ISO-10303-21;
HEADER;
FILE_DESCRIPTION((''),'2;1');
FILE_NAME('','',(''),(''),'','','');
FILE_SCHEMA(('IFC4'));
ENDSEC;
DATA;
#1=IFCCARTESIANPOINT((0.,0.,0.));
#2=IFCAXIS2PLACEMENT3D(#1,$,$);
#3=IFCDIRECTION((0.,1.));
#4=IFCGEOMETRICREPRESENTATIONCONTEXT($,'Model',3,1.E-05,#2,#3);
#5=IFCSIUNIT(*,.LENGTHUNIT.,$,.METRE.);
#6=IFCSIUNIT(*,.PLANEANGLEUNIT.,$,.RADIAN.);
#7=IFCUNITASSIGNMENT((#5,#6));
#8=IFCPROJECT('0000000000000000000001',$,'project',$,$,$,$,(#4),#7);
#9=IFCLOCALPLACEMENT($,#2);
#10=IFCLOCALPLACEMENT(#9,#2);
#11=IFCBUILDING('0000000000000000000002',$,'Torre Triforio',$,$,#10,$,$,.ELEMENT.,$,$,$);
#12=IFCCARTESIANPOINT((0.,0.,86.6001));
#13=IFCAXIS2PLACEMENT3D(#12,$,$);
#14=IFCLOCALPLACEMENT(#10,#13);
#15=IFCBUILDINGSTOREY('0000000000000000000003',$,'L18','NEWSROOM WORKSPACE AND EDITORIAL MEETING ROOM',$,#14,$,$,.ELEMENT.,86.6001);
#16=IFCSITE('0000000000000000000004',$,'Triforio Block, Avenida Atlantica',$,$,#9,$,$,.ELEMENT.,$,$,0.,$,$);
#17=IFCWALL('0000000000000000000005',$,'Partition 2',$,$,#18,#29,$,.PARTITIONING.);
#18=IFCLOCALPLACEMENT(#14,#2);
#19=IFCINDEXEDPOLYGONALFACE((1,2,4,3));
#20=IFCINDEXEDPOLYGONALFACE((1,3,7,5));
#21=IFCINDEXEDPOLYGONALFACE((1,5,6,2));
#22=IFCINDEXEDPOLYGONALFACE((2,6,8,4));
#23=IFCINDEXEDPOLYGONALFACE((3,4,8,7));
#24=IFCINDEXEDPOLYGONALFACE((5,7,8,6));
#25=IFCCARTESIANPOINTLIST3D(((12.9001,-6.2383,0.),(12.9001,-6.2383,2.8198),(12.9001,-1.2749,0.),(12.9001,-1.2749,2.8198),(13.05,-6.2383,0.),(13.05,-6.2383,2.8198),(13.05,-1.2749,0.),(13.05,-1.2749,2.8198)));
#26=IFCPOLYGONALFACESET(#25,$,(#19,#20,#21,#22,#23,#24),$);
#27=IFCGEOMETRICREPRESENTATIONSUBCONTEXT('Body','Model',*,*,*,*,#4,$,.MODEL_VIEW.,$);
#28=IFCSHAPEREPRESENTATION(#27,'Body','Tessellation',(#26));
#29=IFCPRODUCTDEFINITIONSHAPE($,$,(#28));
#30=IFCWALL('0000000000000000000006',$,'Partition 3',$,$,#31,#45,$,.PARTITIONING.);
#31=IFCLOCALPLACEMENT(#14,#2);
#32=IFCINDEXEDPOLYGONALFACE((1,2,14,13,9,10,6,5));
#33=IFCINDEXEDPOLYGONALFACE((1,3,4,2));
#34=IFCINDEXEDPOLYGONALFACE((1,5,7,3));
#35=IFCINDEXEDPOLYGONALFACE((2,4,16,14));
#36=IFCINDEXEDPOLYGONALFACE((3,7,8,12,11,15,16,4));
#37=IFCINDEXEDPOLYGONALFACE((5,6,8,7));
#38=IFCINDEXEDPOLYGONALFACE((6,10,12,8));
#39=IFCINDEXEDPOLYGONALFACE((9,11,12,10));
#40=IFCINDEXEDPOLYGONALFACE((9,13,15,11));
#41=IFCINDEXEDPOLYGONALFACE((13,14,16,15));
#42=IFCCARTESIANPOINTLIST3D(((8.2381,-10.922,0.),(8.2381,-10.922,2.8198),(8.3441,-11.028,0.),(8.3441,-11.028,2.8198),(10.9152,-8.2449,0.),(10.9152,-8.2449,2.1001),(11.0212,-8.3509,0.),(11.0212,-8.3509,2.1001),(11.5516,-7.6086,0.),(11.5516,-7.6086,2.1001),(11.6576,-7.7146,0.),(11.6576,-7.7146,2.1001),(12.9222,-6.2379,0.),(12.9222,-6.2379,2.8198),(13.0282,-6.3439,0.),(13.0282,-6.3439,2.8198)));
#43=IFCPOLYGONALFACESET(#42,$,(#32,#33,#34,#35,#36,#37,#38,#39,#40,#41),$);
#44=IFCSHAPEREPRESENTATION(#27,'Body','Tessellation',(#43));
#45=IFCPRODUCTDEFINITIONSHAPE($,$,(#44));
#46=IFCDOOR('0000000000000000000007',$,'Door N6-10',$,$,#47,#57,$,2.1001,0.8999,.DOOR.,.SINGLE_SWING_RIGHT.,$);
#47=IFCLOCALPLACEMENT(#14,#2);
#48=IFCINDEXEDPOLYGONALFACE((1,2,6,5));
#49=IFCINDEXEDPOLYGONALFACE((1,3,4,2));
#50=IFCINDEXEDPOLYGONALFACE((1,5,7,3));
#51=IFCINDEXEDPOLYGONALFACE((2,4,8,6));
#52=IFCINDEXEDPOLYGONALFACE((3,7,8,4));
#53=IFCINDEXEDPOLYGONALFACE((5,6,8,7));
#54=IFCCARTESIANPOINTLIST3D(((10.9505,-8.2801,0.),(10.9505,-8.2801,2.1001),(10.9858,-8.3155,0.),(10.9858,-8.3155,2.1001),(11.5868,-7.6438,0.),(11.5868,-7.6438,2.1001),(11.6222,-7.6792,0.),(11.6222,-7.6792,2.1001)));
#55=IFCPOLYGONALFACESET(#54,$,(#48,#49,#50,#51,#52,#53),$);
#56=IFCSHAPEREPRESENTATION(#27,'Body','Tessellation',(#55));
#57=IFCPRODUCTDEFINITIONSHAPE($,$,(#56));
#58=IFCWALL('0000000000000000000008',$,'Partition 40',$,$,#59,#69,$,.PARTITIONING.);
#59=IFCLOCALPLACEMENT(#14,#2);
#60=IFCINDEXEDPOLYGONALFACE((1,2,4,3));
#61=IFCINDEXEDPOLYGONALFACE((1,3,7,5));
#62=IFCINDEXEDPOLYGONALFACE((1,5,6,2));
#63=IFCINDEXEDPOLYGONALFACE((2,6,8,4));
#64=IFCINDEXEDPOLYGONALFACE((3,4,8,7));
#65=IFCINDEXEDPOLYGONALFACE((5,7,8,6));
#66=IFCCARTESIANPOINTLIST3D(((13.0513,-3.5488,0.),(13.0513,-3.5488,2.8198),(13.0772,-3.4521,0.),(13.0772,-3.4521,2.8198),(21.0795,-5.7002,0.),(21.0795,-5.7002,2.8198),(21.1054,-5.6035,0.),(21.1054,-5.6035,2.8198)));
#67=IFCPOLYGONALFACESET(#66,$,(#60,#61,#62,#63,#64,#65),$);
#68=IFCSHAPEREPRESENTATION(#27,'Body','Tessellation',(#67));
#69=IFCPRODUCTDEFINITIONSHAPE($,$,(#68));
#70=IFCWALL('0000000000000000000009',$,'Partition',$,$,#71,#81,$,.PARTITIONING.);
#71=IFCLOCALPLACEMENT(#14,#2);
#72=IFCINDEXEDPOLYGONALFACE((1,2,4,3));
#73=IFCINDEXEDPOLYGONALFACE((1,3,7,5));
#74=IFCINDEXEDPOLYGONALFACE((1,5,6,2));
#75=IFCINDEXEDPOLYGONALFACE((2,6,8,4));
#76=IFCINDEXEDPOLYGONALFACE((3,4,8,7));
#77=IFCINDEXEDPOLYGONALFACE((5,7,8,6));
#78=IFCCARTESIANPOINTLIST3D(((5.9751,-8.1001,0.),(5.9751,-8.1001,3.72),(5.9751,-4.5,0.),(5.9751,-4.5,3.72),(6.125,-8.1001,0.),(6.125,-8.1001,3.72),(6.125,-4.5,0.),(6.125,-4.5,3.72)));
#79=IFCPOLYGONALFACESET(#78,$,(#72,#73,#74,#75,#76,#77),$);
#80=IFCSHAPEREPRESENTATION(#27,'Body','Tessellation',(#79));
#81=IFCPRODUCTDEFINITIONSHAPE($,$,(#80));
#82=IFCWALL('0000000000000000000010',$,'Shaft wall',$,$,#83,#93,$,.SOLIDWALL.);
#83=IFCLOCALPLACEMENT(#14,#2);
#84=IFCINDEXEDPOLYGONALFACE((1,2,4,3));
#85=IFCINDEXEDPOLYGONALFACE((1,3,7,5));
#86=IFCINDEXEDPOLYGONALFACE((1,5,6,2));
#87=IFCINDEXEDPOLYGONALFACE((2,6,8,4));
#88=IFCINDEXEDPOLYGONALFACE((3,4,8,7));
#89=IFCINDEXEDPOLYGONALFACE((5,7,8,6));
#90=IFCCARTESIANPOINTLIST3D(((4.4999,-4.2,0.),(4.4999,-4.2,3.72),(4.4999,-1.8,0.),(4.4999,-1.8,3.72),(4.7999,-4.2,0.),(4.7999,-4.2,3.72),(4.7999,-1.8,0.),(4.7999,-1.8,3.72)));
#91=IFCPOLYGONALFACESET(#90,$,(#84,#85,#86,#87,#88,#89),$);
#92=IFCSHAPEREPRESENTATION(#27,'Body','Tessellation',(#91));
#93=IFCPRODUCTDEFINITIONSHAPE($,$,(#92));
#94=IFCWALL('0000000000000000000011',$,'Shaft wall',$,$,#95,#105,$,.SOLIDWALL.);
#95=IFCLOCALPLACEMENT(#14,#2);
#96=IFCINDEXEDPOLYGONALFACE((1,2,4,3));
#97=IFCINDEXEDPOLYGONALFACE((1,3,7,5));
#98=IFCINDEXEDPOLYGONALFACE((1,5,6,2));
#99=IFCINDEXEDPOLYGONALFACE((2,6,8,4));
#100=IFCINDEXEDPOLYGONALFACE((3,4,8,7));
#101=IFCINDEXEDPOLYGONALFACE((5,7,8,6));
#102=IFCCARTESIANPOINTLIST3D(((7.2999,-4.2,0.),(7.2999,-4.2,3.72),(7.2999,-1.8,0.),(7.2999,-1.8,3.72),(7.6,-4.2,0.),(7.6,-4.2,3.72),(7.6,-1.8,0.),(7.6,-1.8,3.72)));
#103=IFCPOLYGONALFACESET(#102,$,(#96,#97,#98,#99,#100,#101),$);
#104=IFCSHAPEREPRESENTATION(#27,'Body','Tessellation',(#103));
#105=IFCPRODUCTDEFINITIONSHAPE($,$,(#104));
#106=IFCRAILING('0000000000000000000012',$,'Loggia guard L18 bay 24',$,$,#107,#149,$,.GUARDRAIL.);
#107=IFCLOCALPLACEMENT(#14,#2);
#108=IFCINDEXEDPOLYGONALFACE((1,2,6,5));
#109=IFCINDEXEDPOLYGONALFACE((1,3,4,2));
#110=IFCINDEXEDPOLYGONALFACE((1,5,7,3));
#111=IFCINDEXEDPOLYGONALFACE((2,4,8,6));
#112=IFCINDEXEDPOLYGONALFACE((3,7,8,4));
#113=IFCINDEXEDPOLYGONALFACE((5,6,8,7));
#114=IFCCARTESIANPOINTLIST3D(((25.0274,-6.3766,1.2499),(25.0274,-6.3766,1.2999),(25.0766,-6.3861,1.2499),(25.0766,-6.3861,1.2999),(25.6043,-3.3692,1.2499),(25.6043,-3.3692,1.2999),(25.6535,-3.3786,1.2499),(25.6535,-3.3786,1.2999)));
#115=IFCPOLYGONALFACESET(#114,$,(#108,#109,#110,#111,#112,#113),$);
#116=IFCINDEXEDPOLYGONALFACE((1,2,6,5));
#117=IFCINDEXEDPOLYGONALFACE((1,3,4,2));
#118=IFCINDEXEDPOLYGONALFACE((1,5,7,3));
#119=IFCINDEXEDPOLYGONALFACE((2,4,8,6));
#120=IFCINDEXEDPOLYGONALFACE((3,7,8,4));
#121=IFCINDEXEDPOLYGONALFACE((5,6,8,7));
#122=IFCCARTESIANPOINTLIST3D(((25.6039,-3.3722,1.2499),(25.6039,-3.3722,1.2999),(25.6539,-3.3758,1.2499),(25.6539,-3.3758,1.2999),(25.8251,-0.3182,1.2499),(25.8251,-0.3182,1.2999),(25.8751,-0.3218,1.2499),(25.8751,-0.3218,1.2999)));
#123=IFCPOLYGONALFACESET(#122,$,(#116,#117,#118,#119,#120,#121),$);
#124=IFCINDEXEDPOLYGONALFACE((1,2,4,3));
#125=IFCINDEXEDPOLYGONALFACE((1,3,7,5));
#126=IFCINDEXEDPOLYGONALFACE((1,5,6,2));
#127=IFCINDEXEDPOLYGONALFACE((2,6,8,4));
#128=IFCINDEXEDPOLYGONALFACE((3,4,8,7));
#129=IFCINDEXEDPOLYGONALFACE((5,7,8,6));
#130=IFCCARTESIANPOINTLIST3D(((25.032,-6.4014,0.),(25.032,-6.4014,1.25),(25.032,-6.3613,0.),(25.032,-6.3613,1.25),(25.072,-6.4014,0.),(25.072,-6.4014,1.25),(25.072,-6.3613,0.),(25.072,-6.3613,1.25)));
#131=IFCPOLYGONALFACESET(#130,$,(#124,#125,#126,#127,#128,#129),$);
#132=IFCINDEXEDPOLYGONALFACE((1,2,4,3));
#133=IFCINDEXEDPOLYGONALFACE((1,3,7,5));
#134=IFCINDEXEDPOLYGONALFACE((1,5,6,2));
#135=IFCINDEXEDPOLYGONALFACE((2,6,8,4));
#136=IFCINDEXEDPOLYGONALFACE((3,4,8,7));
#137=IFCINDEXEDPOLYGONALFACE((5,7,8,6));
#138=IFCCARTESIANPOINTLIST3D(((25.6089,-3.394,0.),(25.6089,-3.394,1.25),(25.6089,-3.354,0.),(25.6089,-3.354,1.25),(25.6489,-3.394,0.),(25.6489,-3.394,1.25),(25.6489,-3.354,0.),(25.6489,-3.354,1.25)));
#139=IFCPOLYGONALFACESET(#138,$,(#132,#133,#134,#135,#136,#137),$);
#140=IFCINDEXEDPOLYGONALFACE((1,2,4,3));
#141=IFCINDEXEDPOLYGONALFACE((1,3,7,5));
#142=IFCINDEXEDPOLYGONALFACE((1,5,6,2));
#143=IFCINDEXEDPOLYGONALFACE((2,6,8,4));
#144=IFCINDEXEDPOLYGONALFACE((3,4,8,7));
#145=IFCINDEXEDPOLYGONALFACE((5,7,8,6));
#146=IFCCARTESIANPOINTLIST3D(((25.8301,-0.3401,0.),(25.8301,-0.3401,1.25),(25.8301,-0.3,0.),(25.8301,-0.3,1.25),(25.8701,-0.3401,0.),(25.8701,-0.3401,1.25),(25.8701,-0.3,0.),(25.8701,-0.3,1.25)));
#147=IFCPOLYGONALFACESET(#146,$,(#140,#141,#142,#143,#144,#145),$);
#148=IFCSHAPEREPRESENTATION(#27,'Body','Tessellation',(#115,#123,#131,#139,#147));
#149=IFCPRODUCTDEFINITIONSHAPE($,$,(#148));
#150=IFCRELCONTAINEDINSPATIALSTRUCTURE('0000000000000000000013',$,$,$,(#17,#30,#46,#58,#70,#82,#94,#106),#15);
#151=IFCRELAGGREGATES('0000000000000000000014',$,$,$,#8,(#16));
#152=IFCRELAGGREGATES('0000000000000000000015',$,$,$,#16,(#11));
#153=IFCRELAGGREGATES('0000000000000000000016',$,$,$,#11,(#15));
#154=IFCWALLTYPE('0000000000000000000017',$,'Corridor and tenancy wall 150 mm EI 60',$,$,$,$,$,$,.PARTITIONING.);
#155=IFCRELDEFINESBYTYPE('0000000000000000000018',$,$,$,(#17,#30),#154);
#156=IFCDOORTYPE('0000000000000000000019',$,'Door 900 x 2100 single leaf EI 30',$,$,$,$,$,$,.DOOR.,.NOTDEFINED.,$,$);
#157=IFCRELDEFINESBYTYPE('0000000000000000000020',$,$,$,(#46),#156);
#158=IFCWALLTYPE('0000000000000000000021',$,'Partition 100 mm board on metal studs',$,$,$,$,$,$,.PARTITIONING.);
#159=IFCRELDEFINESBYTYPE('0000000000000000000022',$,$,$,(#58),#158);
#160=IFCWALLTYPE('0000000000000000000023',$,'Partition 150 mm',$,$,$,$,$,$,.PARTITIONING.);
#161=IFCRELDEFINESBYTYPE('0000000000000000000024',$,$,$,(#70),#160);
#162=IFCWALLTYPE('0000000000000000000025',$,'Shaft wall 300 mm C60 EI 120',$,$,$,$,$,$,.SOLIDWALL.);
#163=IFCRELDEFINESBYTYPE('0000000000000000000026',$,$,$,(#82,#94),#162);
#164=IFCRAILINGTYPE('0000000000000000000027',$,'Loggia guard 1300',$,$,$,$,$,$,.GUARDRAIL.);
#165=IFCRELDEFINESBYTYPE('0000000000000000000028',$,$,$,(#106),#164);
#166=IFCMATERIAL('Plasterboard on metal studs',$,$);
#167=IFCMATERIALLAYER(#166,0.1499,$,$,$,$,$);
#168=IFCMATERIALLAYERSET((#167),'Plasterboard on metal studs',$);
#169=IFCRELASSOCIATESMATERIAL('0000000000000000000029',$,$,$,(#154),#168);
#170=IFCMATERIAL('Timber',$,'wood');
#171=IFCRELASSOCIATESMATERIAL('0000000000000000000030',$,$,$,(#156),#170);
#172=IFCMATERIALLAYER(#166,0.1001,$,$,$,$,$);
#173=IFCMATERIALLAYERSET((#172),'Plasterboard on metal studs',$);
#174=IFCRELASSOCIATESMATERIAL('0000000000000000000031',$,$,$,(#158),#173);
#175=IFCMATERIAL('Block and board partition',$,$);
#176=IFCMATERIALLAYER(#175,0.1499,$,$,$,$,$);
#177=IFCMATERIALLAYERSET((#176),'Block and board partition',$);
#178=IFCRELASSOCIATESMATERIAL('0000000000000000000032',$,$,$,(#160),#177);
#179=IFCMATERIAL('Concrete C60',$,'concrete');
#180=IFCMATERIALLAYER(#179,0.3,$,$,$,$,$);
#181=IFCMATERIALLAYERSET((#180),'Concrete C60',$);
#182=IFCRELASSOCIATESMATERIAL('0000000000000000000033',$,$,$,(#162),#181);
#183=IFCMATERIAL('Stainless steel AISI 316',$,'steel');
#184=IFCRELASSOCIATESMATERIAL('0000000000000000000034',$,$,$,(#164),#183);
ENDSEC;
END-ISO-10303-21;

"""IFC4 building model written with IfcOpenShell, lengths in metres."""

from ifc_helpers import new_model, si_unit, direction, frame, frame_2d, origin, origin_2d, place, context, subcontext, project, spatial, rectangle, extrude, material, layer, layer_set, type_object, element, fill, save


model = new_model("IFC4")

# Units and contexts
model_context = context("Model", 3, precision=1e-05, world=origin(), true_north=direction((0.0, 1.0)))
body_context = subcontext(model_context, "Body", "Model", "MODEL_VIEW")
ifc_project = project(units=[si_unit("LENGTHUNIT", "METRE"), si_unit("PLANEANGLEUNIT", "RADIAN")], contexts=[model_context])

# Site, building, storey
site_placement = place(None, origin())
site = spatial("IfcSite", under=ifc_project, at=site_placement, Name="Triforio Block, Avenida Atlantica", CompositionType="ELEMENT", RefElevation=0.0)
building_placement = place(site_placement, origin())
building = spatial("IfcBuilding", under=site, at=building_placement, Name="Torre Triforio", CompositionType="ELEMENT")
storey_placement = place(building_placement, frame((0.0, 0.0, 86.6001)))
storey = spatial("IfcBuildingStorey", under=building, at=storey_placement, Name="L18", Description="NEWSROOM WORKSPACE AND EDITORIAL MEETING ROOM", CompositionType="ELEMENT", Elevation=86.6001)

# Shared definitions
ifc_material_1 = material(Name="Concrete C60", Category="concrete")

# Shared definitions
ifc_material_2 = material(Name="Plasterboard on metal studs")
ifc_layer_1 = layer(ifc_material_2, 0.1499)
ifc_layer_set_1 = layer_set([ifc_layer_1], Name="Plasterboard on metal studs")
wall_type_1 = type_object("IfcWallType", Name="Corridor and tenancy wall 150 mm EI 60", PredefinedType="PARTITIONING", material=ifc_layer_set_1)
ifc_material_3 = material(Name="Timber", Category="wood")
door_type_1 = type_object("IfcDoorType", Name="Door 900 x 2100 single leaf EI 30", OperationType="NOTDEFINED", PredefinedType="DOOR", material=ifc_material_3)

# Wall
wall_1_placement = place(storey_placement, frame((12.9751, -1.2749, 0.0), z_axis=(0.0, 0.0, 1.0), x_axis=(0.0, -1.0, 0.0)))
element("IfcWall", 1, at=wall_1_placement, inside=storey, type_object=wall_type_1, Name="Partition 2", PredefinedType="PARTITIONING", context=body_context, shape_type="SweptSolid", body=[
    extrude(rectangle(XDim=4.9634, YDim=0.1499, at=frame_2d((2.4817, 0.0))), origin(), (0.0, 0.0, 1.0), 2.8198),
])

# Wall, opening, door
wall_2_placement = place(storey_placement, frame((12.9751, -6.291, 0.0), z_axis=(0.0, 0.0, 1.0), x_axis=(-0.707107, -0.707107, 0.0)))
wall_2 = element("IfcWall", 2, at=wall_2_placement, inside=storey, type_object=wall_type_1, Name="Partition 3", PredefinedType="PARTITIONING", context=body_context, shape_type="SweptSolid", body=[
    extrude(rectangle(XDim=6.6243, YDim=0.1499, at=frame_2d((3.312, 0.0))), origin(), (0.0, 0.0, 1.0), 2.8198),
])
opening_1_placement = place(wall_2_placement, frame((1.9382, 0.0, 0.0)))
opening_1 = element("IfcOpeningElement", 3, at=opening_1_placement, cuts=wall_2, PredefinedType="OPENING", context=body_context, shape_type="SweptSolid", body=[
    extrude(rectangle(XDim=0.8999, YDim=2.1001, at=frame_2d((0.45, 1.05))), frame((0.0, 0.085, 0.0), z_axis=(0.0, -1.0, 0.0), x_axis=(1.0, 0.0, 0.0)), (0.0, 0.0, 1.0), 0.1699),
])
door_1_placement = place(opening_1_placement, origin())
door_1 = element("IfcDoor", 4, at=door_1_placement, inside=storey, type_object=door_type_1, Name="Door N6-10", OperationType="SINGLE_SWING_RIGHT", OverallHeight=2.1001, OverallWidth=0.8999, PredefinedType="DOOR", context=body_context, shape_type="SweptSolid", body=[
    extrude(rectangle(XDim=0.8999, YDim=2.1001, at=frame_2d((0.45, 1.05))), frame((0.0, 0.0249, 0.0), z_axis=(0.0, -1.0, 0.0), x_axis=(1.0, 0.0, 0.0)), (0.0, 0.0, 1.0), 0.05),
])
fill(opening_1, door_1)

# Walls
ifc_layer_2 = layer(ifc_material_2, 0.1001)
ifc_layer_set_2 = layer_set([ifc_layer_2], Name="Plasterboard on metal studs")
wall_type_2 = type_object("IfcWallType", Name="Partition 100 mm board on metal studs", PredefinedType="PARTITIONING", material=ifc_layer_set_2)
wall_3_placement = place(storey_placement, frame((13.0642, -3.5005, 0.0), z_axis=(0.0, 0.0, 1.0), x_axis=(0.96592, -0.25884, 0.0)))
element("IfcWall", 5, at=wall_3_placement, inside=storey, type_object=wall_type_2, Name="Partition 40", PredefinedType="PARTITIONING", context=body_context, shape_type="SweptSolid", body=[
    extrude(rectangle(XDim=8.3115, YDim=0.1001, at=frame_2d((4.1558, 0.0))), origin(), (0.0, 0.0, 1.0), 2.8198),
])
ifc_material_4 = material(Name="Block and board partition")
ifc_layer_3 = layer(ifc_material_4, 0.1499)
ifc_layer_set_3 = layer_set([ifc_layer_3], Name="Block and board partition")
wall_type_3 = type_object("IfcWallType", Name="Partition 150 mm", PredefinedType="PARTITIONING", material=ifc_layer_set_3)
wall_4_placement = place(storey_placement, frame((6.05, -8.1001, 0.0), z_axis=(0.0, 0.0, 1.0), x_axis=(0.0, 1.0, 0.0)))
element("IfcWall", 6, at=wall_4_placement, inside=storey, type_object=wall_type_3, Name="Partition", PredefinedType="PARTITIONING", context=body_context, shape_type="SweptSolid", body=[
    extrude(rectangle(XDim=3.6001, YDim=0.1499, at=frame_2d((1.8, 0.0))), origin(), (0.0, 0.0, 1.0), 3.72),
])
ifc_layer_4 = layer(ifc_material_1, 0.3)
ifc_layer_set_4 = layer_set([ifc_layer_4], Name="Concrete C60")
wall_type_4 = type_object("IfcWallType", Name="Shaft wall 300 mm C60 EI 120", PredefinedType="SOLIDWALL", material=ifc_layer_set_4)
for number, where, z_axis, x_axis, name in (
    (7, (4.6499, -4.2, 0.0), (0.0, 0.0, 1.0), (0.0, 1.0, 0.0), "Shaft wall"),
    (8, (7.45, -4.2, 0.0), (0.0, 0.0, 1.0), (0.0, 1.0, 0.0), "Shaft wall"),
):
    element("IfcWall", number, at=place(storey_placement, frame(where, z_axis=z_axis, x_axis=x_axis)), inside=storey, type_object=wall_type_4, Name=name, PredefinedType="SOLIDWALL", context=body_context, shape_type="SweptSolid", body=[
        extrude(rectangle(XDim=2.3999, YDim=0.3, at=frame_2d((1.2, 0.0))), origin(), (0.0, 0.0, 1.0), 3.72),
    ])

# Railing
ifc_material_5 = material(Name="Stainless steel AISI 316", Category="steel")
railing_type = type_object("IfcRailingType", Name="Loggia guard 1300", PredefinedType="GUARDRAIL", material=ifc_material_5)
railing_placement = place(storey_placement, frame((25.052, -6.3813, 0.0)))
element("IfcRailing", 9, at=railing_placement, inside=storey, type_object=railing_type, Name="Loggia guard L18 bay 24", PredefinedType="GUARDRAIL", context=body_context, shape_type="SweptSolid", body=[
    extrude(rectangle(XDim=0.05, YDim=0.05, at=origin_2d()), frame((0.0, 0.0, 1.2749), z_axis=(0.188398, 0.982093, 0.0), x_axis=(-0.982093, 0.188398, 0.0)), (0.0, 0.0, 1.0), 3.0623),
    extrude(rectangle(XDim=0.05, YDim=0.05, at=origin_2d()), frame((0.5769, 3.0073, 1.2749), z_axis=(0.072239, 0.997387, 0.0), x_axis=(-0.997387, 0.072239, 0.0)), (0.0, 0.0, 1.0), 3.062),
    extrude(rectangle(XDim=0.04, YDim=0.04, at=origin_2d()), origin(), (0.0, 0.0, 1.0), 1.25),
    extrude(rectangle(XDim=0.04, YDim=0.04, at=origin_2d()), frame((0.5769, 3.0073, 0.0)), (0.0, 0.0, 1.0), 1.25),
    extrude(rectangle(XDim=0.04, YDim=0.04, at=origin_2d()), frame((0.7981, 6.0613, 0.0)), (0.0, 0.0, 1.0), 1.25),
])

save(model, "model.ifc")
